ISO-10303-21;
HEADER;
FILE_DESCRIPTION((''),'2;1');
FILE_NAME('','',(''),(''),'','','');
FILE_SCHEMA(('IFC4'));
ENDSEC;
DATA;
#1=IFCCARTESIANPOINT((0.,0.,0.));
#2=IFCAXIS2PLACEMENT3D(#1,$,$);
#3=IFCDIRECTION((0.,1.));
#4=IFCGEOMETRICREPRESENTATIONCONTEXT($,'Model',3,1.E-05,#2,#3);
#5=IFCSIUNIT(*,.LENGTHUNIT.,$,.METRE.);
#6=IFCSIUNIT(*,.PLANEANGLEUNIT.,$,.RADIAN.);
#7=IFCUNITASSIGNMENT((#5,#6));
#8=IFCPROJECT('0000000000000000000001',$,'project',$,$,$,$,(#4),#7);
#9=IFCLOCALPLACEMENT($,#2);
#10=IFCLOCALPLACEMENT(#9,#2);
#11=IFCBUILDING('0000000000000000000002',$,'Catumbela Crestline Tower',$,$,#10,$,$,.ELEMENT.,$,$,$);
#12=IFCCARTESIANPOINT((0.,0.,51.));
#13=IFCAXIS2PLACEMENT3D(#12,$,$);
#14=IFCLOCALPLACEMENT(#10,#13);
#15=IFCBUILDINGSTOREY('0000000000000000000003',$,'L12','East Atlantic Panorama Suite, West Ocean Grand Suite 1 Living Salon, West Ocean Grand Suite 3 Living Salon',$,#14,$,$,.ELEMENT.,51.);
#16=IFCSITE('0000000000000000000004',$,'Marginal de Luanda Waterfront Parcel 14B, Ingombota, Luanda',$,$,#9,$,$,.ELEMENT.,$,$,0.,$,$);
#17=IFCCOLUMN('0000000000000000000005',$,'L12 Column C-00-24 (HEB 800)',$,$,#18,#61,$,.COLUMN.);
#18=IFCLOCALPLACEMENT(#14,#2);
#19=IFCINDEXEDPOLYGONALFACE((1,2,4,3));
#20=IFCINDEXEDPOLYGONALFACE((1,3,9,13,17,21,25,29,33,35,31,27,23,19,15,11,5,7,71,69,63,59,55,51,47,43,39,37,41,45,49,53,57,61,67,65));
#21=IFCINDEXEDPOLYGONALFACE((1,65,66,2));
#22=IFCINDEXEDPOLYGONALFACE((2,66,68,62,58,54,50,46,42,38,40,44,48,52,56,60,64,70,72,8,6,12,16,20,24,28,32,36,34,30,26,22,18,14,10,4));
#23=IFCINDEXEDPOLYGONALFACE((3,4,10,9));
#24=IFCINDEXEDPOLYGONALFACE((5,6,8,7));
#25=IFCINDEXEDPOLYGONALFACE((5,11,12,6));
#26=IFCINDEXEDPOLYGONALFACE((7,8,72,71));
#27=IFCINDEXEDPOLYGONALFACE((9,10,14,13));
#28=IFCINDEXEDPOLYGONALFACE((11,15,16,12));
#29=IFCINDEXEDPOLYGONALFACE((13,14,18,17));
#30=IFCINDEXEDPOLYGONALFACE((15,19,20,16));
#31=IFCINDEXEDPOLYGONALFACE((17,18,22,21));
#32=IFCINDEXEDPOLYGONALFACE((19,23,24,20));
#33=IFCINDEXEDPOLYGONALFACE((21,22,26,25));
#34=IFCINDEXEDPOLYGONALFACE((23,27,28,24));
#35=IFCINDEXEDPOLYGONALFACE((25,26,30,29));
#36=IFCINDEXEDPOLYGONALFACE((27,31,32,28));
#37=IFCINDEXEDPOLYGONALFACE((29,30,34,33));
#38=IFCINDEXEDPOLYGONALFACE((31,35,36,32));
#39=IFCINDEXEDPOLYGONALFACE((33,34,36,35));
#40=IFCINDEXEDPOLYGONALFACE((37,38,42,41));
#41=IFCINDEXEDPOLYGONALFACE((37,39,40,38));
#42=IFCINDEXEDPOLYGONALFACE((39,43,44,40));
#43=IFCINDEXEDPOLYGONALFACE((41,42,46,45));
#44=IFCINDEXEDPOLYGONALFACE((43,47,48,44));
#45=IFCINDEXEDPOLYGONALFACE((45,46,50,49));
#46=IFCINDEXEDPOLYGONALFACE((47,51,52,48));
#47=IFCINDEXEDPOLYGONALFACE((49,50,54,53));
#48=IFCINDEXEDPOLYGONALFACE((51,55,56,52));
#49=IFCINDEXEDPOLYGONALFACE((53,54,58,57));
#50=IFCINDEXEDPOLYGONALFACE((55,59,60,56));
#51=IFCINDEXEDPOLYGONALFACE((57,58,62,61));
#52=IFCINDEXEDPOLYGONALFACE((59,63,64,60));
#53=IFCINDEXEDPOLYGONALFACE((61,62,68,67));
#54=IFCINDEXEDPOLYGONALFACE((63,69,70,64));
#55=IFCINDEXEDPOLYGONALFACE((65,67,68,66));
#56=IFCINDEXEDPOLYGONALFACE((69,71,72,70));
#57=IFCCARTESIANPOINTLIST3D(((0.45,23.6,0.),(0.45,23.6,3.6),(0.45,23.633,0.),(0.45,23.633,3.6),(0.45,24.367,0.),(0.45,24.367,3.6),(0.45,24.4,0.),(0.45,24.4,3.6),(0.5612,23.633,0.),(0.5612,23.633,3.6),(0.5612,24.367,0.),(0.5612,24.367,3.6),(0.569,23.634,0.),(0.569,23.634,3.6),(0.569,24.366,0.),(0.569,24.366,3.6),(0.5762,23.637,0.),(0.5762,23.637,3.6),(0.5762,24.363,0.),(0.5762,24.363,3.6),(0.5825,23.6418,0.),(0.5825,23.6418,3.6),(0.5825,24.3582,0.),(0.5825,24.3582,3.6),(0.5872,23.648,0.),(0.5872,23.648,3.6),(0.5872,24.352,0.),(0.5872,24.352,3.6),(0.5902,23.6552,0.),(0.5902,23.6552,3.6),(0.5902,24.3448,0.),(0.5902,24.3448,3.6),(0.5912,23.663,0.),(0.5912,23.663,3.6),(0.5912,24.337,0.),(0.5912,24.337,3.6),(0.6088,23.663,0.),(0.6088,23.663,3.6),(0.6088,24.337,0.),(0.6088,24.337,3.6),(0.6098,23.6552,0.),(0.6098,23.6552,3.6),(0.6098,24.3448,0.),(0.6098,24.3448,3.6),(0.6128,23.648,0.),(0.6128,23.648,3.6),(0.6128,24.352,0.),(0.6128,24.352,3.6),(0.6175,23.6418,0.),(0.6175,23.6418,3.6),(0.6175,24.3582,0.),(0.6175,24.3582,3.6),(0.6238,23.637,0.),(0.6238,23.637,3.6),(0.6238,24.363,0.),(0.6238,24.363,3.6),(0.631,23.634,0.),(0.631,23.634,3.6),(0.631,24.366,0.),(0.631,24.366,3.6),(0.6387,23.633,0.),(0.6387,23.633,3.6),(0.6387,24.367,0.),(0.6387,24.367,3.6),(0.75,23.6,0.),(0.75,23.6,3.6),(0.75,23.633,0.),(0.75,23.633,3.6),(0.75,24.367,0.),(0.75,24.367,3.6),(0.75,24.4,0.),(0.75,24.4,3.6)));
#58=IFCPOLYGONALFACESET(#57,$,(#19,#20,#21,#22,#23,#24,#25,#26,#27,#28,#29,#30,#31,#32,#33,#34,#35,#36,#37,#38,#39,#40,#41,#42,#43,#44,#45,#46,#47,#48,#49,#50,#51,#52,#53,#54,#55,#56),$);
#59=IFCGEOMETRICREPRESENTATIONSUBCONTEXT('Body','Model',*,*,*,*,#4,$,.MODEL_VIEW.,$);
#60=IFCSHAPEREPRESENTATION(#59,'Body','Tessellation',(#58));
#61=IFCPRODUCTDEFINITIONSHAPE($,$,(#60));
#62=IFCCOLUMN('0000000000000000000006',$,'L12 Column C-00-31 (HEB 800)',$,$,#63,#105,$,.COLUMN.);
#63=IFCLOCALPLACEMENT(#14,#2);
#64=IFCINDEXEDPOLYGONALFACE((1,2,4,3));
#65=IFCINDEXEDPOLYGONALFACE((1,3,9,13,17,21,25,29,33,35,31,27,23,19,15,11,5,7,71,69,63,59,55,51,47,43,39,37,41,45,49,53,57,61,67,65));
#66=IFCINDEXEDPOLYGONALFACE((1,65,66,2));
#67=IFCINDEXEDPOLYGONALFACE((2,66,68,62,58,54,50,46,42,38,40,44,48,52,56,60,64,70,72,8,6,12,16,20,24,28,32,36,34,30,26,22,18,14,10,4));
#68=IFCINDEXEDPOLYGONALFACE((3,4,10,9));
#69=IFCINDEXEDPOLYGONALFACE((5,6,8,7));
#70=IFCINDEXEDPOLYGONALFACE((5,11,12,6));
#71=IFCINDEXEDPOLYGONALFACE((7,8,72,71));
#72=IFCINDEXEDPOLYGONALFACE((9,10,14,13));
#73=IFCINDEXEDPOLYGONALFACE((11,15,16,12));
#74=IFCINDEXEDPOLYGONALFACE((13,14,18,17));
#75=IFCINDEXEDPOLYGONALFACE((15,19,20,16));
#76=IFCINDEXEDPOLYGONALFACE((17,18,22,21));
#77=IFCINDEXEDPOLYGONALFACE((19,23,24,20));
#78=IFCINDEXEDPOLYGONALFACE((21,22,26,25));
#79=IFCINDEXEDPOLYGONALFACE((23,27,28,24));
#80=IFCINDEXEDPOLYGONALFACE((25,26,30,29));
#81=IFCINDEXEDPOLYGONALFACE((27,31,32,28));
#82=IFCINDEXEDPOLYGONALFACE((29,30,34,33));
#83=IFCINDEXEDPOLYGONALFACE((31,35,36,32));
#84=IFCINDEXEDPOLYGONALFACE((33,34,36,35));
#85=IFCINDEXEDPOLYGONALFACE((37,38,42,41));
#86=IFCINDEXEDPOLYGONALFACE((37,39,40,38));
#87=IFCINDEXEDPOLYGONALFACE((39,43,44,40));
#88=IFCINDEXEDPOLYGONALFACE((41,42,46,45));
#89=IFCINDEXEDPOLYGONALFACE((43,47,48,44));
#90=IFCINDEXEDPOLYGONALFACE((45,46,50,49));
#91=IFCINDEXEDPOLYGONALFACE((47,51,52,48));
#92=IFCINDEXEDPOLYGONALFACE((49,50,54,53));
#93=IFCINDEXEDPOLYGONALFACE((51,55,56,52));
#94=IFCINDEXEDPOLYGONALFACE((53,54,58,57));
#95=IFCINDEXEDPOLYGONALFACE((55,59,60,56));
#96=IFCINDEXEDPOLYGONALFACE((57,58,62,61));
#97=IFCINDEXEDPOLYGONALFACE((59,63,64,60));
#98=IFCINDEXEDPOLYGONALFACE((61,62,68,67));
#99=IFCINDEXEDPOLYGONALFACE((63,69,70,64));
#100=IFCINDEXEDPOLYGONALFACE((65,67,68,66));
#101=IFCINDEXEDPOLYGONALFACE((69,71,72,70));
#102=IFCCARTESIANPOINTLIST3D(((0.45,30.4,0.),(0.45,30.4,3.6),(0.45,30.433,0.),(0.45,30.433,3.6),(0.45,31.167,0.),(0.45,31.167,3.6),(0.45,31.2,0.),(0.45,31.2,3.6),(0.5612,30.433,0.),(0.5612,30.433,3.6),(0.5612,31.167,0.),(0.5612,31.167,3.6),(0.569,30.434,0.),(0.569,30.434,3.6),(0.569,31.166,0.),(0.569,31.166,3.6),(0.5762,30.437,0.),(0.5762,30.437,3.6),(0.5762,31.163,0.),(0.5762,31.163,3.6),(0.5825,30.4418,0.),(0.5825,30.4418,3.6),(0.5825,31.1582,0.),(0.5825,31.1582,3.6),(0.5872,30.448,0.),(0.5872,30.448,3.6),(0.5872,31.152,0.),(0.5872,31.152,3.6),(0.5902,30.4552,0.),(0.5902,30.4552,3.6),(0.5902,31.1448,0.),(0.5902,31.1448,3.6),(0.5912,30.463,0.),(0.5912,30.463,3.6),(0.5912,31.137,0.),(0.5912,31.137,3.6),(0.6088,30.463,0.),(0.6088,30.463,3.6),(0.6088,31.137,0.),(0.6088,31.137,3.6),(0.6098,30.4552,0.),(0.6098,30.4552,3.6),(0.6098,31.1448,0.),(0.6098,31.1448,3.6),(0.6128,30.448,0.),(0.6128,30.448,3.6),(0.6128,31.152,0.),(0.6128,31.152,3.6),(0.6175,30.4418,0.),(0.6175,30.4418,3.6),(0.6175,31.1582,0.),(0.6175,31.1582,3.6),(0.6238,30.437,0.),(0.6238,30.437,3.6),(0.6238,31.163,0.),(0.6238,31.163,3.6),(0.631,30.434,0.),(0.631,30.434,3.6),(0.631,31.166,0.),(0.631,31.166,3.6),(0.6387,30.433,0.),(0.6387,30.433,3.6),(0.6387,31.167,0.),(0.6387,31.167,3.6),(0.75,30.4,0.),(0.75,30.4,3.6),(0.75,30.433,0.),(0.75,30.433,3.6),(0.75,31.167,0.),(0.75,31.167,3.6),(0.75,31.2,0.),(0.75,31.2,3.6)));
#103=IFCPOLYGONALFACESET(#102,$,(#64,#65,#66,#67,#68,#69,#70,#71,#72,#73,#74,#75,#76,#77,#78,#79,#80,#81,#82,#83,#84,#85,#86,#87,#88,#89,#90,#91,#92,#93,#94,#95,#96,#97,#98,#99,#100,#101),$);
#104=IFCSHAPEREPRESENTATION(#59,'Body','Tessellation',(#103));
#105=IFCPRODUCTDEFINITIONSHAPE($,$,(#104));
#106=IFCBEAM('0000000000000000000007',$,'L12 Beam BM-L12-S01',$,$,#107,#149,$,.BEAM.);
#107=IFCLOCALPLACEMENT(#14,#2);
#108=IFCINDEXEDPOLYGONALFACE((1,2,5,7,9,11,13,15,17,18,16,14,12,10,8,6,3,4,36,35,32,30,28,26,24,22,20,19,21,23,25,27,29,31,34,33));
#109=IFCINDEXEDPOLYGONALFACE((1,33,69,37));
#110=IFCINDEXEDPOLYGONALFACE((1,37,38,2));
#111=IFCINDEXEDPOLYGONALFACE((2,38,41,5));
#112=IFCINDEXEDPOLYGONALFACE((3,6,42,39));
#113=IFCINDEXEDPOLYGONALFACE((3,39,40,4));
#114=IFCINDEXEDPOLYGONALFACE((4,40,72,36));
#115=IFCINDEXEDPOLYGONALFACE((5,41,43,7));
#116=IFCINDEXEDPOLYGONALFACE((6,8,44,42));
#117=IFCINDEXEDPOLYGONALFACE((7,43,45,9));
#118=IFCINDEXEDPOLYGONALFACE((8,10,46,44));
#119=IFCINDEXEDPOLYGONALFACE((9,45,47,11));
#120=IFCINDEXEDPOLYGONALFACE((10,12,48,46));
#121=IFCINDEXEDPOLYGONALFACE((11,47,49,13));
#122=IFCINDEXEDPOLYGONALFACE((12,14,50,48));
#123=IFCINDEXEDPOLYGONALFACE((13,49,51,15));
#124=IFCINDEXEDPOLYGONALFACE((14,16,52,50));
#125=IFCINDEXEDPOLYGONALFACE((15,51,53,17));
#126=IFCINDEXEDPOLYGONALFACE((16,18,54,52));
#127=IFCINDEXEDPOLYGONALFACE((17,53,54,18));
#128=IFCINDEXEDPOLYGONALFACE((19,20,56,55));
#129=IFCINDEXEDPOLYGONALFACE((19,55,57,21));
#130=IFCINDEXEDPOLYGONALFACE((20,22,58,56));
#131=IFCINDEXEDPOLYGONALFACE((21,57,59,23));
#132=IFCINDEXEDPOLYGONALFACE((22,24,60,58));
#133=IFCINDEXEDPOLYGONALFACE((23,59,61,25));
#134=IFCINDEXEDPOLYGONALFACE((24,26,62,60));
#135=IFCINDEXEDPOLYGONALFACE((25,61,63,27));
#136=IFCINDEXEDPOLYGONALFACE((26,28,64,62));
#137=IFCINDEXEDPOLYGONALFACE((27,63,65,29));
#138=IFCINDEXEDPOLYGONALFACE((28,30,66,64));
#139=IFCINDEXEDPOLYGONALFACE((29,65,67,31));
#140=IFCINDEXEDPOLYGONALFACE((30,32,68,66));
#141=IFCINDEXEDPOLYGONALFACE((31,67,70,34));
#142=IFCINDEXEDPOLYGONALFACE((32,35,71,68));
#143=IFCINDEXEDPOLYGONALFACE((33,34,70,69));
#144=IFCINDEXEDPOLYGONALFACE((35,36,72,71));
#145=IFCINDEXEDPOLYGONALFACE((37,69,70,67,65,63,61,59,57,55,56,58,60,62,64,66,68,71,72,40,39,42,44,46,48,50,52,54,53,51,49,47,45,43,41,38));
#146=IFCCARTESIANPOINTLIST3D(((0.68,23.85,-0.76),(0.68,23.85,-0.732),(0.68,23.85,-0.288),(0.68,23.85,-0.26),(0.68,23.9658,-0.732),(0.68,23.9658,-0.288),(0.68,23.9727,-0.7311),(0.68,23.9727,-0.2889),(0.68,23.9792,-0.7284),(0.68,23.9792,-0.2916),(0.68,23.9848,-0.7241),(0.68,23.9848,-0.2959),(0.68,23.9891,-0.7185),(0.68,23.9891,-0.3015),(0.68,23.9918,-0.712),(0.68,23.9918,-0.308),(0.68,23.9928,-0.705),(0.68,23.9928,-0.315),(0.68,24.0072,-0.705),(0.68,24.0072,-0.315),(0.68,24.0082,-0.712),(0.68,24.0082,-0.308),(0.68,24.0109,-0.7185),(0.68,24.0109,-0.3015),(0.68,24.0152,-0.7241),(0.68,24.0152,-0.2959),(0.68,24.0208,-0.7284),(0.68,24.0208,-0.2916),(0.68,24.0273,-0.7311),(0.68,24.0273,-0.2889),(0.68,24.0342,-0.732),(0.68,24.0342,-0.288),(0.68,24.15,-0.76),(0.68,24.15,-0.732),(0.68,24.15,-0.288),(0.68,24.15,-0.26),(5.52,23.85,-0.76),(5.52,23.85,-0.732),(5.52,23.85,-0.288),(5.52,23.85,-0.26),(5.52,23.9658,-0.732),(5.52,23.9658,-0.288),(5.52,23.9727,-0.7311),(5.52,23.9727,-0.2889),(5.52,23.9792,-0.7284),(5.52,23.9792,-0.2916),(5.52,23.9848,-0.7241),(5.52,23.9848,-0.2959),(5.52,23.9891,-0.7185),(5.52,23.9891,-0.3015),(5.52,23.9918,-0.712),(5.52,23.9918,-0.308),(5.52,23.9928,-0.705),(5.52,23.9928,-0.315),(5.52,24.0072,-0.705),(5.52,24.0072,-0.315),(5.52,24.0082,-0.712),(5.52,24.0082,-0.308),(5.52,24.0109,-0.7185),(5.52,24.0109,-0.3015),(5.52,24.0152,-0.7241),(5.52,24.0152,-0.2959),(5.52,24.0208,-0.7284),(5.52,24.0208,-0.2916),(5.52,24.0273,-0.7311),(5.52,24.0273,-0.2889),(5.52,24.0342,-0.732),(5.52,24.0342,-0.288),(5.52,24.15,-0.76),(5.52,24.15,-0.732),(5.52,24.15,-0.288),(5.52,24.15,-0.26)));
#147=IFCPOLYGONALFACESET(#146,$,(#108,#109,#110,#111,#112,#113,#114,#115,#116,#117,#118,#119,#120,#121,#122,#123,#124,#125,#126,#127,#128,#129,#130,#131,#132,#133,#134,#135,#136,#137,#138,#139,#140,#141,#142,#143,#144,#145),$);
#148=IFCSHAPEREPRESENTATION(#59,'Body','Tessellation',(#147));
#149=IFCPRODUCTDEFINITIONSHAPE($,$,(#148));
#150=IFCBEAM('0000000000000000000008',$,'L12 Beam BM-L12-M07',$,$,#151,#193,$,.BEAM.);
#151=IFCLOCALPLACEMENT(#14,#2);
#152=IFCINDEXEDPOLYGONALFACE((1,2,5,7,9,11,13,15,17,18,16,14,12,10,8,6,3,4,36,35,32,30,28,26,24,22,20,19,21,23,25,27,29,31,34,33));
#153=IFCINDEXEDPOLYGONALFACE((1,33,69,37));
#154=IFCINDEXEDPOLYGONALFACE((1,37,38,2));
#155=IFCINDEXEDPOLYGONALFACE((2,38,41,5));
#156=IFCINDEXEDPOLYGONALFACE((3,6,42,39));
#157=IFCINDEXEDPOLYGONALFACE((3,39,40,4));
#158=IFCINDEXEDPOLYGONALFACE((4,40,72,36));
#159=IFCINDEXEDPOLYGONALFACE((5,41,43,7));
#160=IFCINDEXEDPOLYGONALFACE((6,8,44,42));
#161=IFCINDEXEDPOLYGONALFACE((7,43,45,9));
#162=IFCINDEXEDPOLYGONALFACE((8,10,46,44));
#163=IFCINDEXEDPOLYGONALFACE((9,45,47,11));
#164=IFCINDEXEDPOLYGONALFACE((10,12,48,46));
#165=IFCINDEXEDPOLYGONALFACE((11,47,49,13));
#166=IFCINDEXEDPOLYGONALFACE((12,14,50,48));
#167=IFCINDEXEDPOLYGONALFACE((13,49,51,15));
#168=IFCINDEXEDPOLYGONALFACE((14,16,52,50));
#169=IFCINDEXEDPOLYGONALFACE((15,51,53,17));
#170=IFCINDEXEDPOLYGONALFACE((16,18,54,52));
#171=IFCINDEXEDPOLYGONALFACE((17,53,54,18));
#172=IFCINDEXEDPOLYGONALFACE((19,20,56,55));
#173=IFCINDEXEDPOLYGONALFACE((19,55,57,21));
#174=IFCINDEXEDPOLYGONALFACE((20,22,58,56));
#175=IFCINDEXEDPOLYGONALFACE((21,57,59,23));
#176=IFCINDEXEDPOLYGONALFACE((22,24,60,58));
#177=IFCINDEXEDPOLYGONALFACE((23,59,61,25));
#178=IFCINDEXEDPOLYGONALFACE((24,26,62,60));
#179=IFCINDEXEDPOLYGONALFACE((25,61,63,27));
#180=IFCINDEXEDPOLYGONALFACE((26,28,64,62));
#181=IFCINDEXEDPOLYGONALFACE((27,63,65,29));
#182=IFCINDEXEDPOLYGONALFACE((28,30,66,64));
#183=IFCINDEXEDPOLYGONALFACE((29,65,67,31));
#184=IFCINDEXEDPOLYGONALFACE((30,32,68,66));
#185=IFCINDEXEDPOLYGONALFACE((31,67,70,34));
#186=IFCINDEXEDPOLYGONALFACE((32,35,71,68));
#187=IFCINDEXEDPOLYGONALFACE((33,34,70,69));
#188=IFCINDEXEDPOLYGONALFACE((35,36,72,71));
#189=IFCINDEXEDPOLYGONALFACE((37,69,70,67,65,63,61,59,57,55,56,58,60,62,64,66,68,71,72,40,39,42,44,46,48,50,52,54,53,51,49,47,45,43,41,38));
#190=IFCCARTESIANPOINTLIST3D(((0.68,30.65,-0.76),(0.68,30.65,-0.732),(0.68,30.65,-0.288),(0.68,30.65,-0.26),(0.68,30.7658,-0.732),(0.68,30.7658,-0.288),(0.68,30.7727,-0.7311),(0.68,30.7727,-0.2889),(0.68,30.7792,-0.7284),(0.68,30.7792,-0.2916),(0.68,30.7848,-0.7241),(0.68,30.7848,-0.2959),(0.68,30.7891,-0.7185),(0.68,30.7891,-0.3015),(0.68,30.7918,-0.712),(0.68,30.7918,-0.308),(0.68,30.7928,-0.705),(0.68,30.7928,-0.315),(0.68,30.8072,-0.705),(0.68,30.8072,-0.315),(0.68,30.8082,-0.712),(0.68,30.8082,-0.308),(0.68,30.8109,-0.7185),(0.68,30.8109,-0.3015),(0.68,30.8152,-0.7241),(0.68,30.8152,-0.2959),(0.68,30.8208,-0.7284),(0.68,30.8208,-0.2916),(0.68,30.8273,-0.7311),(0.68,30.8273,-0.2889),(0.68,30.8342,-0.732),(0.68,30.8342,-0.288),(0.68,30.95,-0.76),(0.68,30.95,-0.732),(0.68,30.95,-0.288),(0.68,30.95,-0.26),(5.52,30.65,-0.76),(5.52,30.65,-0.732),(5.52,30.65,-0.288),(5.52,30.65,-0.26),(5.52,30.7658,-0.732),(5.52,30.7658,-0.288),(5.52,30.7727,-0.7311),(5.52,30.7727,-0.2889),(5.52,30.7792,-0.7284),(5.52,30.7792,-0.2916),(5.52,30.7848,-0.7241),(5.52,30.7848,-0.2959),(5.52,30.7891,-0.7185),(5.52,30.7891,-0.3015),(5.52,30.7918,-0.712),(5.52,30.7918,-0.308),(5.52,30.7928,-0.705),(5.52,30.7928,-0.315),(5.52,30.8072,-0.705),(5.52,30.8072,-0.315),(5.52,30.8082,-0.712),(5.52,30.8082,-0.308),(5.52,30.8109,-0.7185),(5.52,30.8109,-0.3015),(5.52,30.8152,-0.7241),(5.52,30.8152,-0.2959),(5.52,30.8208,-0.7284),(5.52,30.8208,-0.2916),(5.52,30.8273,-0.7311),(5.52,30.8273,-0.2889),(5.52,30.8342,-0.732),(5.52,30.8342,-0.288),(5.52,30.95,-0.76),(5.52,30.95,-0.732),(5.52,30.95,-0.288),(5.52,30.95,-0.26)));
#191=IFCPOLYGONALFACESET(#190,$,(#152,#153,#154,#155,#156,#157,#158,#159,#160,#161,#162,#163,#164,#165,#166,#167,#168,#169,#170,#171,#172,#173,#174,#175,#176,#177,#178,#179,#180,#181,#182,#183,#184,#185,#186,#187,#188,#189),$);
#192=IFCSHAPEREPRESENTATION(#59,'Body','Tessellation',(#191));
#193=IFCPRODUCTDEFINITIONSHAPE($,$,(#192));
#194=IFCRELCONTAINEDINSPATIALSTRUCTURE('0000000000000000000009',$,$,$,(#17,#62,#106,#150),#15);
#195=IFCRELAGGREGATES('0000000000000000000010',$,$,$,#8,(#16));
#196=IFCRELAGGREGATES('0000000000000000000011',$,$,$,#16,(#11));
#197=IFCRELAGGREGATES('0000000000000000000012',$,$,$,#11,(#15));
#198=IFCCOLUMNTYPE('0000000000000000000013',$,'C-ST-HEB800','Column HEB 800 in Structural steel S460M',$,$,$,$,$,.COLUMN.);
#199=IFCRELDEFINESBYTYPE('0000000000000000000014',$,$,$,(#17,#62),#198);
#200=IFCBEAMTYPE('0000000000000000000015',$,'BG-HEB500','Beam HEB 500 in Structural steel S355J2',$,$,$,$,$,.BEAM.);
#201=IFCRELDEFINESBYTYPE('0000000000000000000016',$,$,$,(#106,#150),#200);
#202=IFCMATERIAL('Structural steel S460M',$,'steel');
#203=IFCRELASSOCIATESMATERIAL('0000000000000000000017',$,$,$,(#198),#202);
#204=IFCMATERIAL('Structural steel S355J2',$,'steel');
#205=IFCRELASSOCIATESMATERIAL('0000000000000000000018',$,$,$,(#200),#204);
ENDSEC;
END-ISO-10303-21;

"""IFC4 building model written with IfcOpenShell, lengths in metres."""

from ifc_helpers import new_model, si_unit, direction, frame, origin, origin_2d, place, context, subcontext, project, spatial, i_section, extrude, material, material_profile, profile_set, type_object, element, save


model = new_model("IFC4")

# Units and contexts
model_context = context("Model", 3, precision=1e-05, world=origin(), true_north=direction((0.0, 1.0)))
body_context = subcontext(model_context, "Body", "Model", "MODEL_VIEW")
ifc_project = project(units=[si_unit("LENGTHUNIT", "METRE"), si_unit("PLANEANGLEUNIT", "RADIAN")], contexts=[model_context])

# Site, building, storey
site_placement = place(None, origin())
site = spatial("IfcSite", under=ifc_project, at=site_placement, Name="Marginal de Luanda Waterfront Parcel 14B, Ingombota, Luanda", CompositionType="ELEMENT", RefElevation=0.0)
building_placement = place(site_placement, origin())
building = spatial("IfcBuilding", under=site, at=building_placement, Name="Catumbela Crestline Tower", CompositionType="ELEMENT")
storey_placement = place(building_placement, frame((0.0, 0.0, 51.0)))
storey = spatial("IfcBuildingStorey", under=building, at=storey_placement, Name="L12", Description="East Atlantic Panorama Suite, West Ocean Grand Suite 1 Living Salon, West Ocean Grand Suite 3 Living Salon", CompositionType="ELEMENT", Elevation=51.0)

# Columns
ifc_material_1 = material(Name="Structural steel S460M", Category="steel")
ifc_material_profile_1 = material_profile(ifc_material_1, i_section(OverallWidth=0.3, OverallDepth=0.8, WebThickness=0.0175, FlangeThickness=0.033, FilletRadius=0.03, at=origin_2d()), Name="HEB 800")
ifc_profile_set_1 = profile_set([ifc_material_profile_1], Name="Structural steel S460M")
column_type = type_object("IfcColumnType", Name="C-ST-HEB800", Description="Column HEB 800 in Structural steel S460M", PredefinedType="COLUMN", material=ifc_profile_set_1)
for number, where, z_axis, x_axis, name in (
    (1, (0.6, 24.0, 0.0), (0.0, 0.0, 1.0), (1.0, 0.0, 0.0), "L12 Column C-00-24 (HEB 800)"),
    (2, (0.6, 30.8, 0.0), (0.0, 0.0, 1.0), (1.0, 0.0, 0.0), "L12 Column C-00-31 (HEB 800)"),
):
    element("IfcColumn", number, at=place(storey_placement, frame(where, z_axis=z_axis, x_axis=x_axis)), inside=storey, type_object=column_type, Name=name, PredefinedType="COLUMN", context=body_context, shape_type="SweptSolid", body=[
        extrude(i_section(OverallWidth=0.3, OverallDepth=0.8, WebThickness=0.0175, FlangeThickness=0.033, FilletRadius=0.03, at=origin_2d()), origin(), (0.0, 0.0, 1.0), 3.6),
    ])

# Beams
ifc_material_2 = material(Name="Structural steel S355J2", Category="steel")
ifc_material_profile_2 = material_profile(ifc_material_2, i_section(OverallWidth=0.3, OverallDepth=0.5, WebThickness=0.0145, FlangeThickness=0.028, FilletRadius=0.027, at=origin_2d()), Name="HEB 500")
ifc_profile_set_2 = profile_set([ifc_material_profile_2], Name="Structural steel S355J2")
beam_type_1 = type_object("IfcBeamType", Name="BG-HEB500", Description="Beam HEB 500 in Structural steel S355J2", PredefinedType="BEAM", material=ifc_profile_set_2)
for number, where, z_axis, x_axis, name in (
    (3, (0.68, 24.0, -0.51), (1.0, 0.0, 0.0), (0.0, 1.0, 0.0), "L12 Beam BM-L12-S01"),
    (4, (0.68, 30.8, -0.51), (1.0, 0.0, 0.0), (0.0, 1.0, 0.0), "L12 Beam BM-L12-M07"),
):
    element("IfcBeam", number, at=place(storey_placement, frame(where, z_axis=z_axis, x_axis=x_axis)), inside=storey, type_object=beam_type_1, Name=name, PredefinedType="BEAM", context=body_context, shape_type="SweptSolid", body=[
        extrude(i_section(OverallWidth=0.3, OverallDepth=0.5, WebThickness=0.0145, FlangeThickness=0.028, FilletRadius=0.027, at=origin_2d()), origin(), (0.0, 0.0, 1.0), 4.84),
    ])

save(model, "model.ifc")
